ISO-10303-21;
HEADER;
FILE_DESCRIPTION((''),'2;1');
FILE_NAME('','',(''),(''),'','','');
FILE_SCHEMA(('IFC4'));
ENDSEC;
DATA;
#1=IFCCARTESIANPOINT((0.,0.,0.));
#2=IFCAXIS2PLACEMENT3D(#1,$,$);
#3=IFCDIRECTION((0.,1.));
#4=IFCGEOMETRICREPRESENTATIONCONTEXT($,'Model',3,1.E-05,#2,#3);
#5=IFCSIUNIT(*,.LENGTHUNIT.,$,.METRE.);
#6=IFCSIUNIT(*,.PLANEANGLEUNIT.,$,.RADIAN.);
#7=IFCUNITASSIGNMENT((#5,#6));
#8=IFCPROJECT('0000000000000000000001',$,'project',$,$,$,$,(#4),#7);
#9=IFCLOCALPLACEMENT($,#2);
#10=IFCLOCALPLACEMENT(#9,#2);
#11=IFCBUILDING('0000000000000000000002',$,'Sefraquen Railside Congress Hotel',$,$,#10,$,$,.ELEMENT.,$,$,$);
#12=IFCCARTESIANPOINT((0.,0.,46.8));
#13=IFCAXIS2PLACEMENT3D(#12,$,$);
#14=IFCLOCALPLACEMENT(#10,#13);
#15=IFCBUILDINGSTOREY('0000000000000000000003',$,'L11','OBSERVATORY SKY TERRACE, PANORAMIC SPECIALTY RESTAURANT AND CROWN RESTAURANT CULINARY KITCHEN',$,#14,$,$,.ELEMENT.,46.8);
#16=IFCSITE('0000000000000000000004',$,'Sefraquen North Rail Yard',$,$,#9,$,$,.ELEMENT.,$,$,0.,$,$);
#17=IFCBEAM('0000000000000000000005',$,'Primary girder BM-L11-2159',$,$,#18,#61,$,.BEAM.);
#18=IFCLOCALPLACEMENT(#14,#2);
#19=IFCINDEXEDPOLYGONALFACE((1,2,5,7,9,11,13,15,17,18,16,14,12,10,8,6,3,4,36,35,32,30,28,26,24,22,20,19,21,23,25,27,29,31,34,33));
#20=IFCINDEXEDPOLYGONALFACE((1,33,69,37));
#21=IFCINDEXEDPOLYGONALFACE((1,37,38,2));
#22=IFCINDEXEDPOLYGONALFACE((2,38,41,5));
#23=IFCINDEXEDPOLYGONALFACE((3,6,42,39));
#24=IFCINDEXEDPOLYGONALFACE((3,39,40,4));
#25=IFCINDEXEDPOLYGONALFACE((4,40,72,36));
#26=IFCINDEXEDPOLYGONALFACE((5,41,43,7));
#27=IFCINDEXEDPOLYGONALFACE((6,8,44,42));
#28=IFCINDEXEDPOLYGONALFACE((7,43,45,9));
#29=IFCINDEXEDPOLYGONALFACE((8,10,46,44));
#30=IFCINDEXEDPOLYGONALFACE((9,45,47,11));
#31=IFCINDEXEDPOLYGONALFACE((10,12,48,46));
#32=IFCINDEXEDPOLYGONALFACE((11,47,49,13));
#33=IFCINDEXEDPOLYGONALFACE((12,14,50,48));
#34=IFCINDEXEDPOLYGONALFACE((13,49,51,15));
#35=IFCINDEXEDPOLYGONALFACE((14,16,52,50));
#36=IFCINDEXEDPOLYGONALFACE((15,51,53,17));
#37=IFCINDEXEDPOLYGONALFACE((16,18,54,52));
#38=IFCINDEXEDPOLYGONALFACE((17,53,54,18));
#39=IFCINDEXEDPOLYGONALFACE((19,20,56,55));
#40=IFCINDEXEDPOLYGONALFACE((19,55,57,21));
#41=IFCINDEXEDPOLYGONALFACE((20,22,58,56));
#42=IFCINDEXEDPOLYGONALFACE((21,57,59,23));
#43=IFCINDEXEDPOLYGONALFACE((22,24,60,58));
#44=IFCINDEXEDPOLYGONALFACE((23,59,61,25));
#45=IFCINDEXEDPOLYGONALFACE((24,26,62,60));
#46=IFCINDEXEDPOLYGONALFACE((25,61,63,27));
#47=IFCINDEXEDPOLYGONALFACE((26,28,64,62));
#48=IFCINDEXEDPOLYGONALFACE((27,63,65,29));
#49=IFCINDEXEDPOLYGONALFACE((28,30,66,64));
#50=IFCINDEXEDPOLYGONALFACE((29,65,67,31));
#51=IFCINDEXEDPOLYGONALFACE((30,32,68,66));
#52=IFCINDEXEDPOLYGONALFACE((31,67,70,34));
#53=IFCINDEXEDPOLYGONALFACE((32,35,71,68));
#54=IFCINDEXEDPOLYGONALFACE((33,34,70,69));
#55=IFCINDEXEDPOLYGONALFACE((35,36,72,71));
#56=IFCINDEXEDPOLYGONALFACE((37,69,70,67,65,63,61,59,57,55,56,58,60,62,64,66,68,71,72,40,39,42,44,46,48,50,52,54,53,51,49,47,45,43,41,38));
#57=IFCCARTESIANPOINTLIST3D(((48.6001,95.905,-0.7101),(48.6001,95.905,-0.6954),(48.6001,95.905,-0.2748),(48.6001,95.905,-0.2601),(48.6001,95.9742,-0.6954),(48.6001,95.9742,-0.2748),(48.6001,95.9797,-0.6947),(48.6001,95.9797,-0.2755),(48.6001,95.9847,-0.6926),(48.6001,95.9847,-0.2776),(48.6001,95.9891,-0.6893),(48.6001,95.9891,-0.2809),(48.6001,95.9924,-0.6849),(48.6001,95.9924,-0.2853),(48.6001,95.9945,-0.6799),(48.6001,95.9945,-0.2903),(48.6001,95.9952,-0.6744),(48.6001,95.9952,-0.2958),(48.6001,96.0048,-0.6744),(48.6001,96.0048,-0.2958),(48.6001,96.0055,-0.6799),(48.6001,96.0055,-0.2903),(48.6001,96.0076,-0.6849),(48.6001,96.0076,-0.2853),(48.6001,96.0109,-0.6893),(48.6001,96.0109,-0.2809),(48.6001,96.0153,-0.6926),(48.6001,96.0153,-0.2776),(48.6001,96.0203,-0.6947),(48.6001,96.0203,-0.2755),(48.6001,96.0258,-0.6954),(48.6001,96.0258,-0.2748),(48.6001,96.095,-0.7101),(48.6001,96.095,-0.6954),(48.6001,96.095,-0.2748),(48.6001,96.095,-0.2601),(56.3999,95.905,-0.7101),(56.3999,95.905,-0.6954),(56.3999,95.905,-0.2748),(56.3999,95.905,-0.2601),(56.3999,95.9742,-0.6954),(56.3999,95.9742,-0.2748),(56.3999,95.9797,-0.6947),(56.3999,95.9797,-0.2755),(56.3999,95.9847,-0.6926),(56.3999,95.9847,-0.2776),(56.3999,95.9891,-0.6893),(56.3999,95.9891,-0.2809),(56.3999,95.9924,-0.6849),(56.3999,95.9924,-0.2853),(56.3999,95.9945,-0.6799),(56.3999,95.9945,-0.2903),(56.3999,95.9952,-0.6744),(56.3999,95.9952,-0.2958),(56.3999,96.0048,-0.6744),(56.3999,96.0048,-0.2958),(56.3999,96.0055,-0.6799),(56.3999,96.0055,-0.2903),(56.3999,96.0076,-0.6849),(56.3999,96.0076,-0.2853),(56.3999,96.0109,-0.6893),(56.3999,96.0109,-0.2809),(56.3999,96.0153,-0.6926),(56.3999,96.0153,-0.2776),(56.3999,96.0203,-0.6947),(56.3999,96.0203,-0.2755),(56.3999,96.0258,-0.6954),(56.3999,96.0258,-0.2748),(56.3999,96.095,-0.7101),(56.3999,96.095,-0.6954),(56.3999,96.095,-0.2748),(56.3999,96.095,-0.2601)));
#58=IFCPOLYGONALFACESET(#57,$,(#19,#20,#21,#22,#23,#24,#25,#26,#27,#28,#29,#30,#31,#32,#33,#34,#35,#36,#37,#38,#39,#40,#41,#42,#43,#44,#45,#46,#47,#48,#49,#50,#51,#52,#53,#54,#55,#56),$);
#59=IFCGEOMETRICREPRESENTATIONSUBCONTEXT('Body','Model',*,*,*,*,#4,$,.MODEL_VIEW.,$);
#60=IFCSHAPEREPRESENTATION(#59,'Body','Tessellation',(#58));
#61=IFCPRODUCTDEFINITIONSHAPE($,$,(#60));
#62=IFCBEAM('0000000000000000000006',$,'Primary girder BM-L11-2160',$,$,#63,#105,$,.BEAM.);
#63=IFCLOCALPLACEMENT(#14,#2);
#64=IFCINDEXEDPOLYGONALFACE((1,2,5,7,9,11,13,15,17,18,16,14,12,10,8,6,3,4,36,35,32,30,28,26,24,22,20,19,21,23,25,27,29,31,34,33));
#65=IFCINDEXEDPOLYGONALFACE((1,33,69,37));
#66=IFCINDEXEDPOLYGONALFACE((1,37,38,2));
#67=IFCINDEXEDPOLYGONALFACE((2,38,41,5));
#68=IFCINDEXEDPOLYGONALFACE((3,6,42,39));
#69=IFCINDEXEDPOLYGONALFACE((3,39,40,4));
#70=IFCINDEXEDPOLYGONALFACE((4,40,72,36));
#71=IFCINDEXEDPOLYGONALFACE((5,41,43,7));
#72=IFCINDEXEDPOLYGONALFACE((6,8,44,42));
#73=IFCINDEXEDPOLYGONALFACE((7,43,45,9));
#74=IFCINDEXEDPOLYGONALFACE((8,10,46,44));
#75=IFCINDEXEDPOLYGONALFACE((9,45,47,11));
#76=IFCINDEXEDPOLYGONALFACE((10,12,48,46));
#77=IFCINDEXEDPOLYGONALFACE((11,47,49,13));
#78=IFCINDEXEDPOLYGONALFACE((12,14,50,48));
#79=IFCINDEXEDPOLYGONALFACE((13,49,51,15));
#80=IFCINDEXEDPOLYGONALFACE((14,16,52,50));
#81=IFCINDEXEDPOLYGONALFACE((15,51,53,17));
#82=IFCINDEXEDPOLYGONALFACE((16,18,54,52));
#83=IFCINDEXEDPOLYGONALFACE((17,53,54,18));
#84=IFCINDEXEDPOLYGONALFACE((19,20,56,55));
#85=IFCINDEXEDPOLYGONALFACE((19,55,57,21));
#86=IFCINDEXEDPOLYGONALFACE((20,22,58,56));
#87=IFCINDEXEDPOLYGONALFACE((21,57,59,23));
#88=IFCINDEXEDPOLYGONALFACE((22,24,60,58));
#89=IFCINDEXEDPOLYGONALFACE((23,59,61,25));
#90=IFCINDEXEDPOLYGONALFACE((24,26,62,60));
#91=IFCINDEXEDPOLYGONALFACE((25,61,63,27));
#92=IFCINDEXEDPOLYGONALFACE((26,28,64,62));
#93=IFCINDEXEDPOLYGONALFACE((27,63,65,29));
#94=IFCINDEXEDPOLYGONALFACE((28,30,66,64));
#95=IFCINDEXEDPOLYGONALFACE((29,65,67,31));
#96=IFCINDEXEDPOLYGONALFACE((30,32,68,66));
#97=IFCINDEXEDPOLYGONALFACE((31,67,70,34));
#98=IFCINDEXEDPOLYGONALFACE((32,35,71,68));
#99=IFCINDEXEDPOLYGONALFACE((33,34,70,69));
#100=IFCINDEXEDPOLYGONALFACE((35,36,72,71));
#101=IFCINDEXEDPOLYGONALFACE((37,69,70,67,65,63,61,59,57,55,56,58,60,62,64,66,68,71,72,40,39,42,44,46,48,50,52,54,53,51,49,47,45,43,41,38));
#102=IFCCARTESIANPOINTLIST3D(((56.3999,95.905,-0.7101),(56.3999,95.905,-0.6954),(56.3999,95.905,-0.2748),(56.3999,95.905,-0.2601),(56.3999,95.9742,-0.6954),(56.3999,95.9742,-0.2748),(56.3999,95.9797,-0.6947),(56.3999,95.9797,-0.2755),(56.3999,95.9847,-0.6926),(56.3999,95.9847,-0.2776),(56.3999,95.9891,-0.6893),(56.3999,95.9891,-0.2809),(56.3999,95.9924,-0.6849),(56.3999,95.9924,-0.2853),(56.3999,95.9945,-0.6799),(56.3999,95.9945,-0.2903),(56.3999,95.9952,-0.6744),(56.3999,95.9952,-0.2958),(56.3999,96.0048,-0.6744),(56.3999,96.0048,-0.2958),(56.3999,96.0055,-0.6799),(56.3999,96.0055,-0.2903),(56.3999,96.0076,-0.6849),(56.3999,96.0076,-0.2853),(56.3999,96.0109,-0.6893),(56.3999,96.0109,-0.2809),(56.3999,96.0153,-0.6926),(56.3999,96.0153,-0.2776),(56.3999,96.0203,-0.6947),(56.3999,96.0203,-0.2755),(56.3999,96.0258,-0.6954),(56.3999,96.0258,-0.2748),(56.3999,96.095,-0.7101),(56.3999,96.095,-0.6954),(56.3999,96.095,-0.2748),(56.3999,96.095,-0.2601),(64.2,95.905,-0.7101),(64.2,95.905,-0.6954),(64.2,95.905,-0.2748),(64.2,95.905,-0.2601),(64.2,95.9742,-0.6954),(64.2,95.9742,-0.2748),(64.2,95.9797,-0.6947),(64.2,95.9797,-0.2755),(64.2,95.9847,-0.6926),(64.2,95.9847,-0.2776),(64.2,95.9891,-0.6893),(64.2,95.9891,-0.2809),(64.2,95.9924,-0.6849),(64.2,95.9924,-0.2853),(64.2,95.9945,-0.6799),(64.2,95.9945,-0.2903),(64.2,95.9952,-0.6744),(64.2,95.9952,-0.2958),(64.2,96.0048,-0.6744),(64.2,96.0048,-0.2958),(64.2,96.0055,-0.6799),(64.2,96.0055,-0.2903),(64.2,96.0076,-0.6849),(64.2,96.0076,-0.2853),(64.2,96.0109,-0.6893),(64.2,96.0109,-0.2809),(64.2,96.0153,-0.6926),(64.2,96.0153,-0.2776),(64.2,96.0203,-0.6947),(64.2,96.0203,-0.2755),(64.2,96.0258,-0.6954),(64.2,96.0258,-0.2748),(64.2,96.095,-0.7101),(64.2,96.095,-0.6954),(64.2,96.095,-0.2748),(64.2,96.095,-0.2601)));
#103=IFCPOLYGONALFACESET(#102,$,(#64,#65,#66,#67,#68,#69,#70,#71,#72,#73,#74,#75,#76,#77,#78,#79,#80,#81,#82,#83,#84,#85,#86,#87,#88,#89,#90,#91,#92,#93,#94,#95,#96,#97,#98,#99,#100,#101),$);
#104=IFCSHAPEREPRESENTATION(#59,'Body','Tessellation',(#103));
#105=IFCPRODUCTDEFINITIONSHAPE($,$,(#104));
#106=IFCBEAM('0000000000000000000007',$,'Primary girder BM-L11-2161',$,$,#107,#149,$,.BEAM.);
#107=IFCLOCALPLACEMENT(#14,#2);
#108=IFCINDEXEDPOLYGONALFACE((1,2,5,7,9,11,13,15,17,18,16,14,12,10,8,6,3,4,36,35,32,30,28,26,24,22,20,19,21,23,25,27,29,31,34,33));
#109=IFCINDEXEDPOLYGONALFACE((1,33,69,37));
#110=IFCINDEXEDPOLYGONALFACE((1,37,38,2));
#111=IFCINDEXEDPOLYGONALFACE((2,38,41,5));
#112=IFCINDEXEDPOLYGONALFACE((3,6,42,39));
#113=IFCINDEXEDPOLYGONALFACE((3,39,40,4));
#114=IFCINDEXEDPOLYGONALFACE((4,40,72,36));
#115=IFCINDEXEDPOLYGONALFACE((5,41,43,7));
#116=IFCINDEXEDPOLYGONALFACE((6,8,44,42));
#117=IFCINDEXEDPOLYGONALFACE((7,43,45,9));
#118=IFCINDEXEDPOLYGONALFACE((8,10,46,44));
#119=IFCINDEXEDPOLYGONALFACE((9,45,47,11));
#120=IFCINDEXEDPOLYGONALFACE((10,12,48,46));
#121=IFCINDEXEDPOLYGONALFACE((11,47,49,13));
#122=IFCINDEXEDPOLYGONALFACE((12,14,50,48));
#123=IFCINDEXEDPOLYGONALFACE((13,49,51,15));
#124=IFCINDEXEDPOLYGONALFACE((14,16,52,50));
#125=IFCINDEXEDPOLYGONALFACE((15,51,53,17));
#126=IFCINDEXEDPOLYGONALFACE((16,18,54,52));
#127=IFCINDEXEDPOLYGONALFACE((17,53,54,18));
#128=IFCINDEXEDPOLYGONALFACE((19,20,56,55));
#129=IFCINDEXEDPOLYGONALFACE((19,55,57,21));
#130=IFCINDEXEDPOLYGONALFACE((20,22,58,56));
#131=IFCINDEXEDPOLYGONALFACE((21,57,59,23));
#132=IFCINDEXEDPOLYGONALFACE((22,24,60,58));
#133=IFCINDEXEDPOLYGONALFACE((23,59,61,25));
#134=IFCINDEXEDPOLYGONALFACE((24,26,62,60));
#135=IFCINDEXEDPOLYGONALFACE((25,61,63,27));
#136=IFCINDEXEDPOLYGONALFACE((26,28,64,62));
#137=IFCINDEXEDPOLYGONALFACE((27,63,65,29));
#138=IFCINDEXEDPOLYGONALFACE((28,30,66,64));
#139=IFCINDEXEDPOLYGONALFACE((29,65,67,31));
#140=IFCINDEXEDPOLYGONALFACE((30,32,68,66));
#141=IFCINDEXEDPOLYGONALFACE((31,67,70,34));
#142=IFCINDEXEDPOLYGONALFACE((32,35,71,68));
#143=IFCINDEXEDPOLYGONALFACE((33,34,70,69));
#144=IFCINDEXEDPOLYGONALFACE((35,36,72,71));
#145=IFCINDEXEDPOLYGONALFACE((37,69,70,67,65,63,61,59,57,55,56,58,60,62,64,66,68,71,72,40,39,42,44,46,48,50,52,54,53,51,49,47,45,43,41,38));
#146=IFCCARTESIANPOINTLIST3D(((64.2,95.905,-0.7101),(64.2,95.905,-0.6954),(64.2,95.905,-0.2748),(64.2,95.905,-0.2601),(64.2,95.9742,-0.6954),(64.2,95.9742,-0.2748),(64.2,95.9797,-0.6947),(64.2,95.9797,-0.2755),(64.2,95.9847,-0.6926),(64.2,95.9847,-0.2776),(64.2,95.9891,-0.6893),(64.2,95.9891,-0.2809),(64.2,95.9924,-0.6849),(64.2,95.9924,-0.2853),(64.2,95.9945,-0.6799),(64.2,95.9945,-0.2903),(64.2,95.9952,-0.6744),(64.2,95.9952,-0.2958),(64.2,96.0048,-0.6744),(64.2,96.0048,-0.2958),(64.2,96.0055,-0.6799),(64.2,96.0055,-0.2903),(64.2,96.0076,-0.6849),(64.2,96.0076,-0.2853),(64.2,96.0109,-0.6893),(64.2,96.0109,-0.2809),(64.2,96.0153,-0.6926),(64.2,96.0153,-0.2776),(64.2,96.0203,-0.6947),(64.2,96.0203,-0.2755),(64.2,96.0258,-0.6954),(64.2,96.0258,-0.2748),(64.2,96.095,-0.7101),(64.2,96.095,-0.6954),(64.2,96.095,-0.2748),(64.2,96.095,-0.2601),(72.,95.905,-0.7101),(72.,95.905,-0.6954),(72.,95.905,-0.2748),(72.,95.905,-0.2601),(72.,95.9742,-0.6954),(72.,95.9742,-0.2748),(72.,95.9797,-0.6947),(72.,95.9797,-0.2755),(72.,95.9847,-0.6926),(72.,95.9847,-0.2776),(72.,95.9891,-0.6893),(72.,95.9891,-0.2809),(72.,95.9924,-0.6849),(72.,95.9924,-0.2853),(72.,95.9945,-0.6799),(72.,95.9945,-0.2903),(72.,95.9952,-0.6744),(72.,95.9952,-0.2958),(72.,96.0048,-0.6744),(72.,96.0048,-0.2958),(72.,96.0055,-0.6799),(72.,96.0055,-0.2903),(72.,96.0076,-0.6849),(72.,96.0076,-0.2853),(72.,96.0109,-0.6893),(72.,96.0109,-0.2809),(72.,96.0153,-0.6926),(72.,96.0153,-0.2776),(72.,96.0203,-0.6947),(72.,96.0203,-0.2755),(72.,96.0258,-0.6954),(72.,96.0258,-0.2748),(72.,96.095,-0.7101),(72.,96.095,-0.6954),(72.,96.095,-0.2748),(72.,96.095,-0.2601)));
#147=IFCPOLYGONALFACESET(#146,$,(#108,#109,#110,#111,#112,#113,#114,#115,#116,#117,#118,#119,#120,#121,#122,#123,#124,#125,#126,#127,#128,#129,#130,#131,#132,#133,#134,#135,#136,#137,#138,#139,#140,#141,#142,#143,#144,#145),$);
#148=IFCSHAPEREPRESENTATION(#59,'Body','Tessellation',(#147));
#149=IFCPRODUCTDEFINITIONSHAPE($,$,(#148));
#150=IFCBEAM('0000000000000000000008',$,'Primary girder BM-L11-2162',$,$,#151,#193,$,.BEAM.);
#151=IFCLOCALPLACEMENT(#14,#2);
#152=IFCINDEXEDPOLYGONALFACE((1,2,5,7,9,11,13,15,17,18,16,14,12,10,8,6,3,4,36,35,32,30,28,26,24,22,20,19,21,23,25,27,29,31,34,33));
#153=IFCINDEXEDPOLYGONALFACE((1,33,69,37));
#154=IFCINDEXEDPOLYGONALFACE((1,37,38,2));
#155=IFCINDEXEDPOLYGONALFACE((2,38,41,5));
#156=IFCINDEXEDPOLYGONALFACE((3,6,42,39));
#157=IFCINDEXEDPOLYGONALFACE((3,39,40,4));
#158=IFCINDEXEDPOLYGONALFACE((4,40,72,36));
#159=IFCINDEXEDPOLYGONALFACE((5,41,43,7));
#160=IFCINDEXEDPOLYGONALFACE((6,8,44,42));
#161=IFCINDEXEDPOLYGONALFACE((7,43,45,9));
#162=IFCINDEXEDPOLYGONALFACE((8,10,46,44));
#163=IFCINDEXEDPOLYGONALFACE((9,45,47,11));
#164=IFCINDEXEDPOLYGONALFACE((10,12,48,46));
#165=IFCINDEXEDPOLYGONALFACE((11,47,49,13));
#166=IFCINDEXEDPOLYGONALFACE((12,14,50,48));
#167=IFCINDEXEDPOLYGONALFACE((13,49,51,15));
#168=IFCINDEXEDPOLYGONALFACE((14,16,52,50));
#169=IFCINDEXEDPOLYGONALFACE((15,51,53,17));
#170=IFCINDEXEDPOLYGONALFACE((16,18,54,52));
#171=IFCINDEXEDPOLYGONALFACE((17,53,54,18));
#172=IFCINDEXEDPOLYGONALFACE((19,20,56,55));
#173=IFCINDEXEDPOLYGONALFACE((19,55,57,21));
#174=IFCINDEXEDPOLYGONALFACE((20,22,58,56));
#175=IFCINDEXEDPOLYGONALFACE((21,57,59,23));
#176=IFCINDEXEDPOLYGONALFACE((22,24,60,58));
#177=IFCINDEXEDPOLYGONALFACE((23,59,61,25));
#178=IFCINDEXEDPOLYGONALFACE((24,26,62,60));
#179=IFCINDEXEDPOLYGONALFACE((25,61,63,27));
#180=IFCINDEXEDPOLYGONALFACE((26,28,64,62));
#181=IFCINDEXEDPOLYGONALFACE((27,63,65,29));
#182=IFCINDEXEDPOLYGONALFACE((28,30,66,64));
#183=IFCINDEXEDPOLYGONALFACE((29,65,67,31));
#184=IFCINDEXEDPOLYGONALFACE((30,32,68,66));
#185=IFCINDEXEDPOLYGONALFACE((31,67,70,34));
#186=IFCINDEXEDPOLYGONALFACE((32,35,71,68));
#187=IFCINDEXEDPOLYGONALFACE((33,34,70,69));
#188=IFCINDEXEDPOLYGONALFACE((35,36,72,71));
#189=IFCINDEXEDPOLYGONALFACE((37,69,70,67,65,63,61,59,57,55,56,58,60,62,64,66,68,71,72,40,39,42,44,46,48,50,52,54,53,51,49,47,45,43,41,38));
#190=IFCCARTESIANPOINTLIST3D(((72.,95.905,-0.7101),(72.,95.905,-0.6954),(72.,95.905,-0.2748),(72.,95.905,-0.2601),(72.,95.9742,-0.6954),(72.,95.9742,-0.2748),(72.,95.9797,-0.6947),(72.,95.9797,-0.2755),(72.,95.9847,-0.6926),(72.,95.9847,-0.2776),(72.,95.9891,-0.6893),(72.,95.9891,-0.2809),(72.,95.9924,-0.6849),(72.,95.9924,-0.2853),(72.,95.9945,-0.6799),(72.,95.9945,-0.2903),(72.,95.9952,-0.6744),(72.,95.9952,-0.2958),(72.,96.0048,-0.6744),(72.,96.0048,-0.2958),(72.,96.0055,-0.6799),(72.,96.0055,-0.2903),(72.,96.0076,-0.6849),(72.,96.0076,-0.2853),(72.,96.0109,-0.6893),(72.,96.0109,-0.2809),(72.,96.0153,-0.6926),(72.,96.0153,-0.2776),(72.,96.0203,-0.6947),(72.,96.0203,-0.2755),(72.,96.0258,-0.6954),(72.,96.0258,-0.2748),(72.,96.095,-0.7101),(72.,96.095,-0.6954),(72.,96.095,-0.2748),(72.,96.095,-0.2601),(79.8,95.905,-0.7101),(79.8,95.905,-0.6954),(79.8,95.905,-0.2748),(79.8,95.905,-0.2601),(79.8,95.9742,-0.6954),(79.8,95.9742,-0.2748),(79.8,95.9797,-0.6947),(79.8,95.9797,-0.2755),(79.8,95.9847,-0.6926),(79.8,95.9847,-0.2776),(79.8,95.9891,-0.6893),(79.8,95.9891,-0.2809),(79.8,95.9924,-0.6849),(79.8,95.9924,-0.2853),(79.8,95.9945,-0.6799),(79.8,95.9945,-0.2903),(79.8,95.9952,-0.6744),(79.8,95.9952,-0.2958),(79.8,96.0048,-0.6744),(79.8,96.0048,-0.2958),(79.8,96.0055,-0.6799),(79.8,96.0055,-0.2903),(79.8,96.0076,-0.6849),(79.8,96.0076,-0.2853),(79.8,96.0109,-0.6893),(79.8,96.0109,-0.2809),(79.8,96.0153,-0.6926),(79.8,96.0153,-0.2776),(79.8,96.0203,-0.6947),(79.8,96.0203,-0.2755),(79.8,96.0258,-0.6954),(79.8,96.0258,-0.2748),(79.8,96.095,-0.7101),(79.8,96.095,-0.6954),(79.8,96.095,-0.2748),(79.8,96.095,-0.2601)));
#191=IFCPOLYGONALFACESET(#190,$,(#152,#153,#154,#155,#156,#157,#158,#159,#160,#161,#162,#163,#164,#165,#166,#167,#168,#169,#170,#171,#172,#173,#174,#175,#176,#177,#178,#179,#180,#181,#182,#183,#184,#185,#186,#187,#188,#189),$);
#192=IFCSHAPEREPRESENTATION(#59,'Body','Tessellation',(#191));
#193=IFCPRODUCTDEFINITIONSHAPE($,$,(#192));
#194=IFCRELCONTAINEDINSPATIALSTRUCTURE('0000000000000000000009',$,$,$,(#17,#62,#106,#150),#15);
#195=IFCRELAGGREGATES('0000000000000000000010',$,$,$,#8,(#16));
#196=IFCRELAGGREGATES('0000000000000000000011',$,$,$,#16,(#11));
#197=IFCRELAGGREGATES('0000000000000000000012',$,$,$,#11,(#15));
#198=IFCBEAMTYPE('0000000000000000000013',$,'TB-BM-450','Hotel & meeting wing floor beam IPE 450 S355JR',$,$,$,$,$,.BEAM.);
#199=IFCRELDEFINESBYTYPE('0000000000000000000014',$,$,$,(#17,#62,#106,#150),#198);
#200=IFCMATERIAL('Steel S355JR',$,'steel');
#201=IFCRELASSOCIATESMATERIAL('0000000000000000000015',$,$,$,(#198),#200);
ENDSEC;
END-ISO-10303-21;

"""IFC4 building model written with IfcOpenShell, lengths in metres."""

from ifc_helpers import new_model, si_unit, direction, frame, origin, origin_2d, place, context, subcontext, project, spatial, i_section, extrude, material, material_profile, profile_set, type_object, element, save


model = new_model("IFC4")

# Units and contexts
model_context = context("Model", 3, precision=1e-05, world=origin(), true_north=direction((0.0, 1.0)))
body_context = subcontext(model_context, "Body", "Model", "MODEL_VIEW")
ifc_project = project(units=[si_unit("LENGTHUNIT", "METRE"), si_unit("PLANEANGLEUNIT", "RADIAN")], contexts=[model_context])

# Site, building, storey
site_placement = place(None, origin())
site = spatial("IfcSite", under=ifc_project, at=site_placement, Name="Sefraquen North Rail Yard", CompositionType="ELEMENT", RefElevation=0.0)
building_placement = place(site_placement, origin())
building = spatial("IfcBuilding", under=site, at=building_placement, Name="Sefraquen Railside Congress Hotel", CompositionType="ELEMENT")
storey_placement = place(building_placement, frame((0.0, 0.0, 46.8)))
storey = spatial("IfcBuildingStorey", under=building, at=storey_placement, Name="L11", Description="OBSERVATORY SKY TERRACE, PANORAMIC SPECIALTY RESTAURANT AND CROWN RESTAURANT CULINARY KITCHEN", CompositionType="ELEMENT", Elevation=46.8)

# Shared definitions
ifc_material = material(Name="Steel S355JR", Category="steel")

# Beams
ifc_material_profile_1 = material_profile(ifc_material, i_section(OverallWidth=0.1899, OverallDepth=0.45, WebThickness=0.0095, FlangeThickness=0.0146, FilletRadius=0.021, at=origin_2d()), Name="IPE 450")
ifc_profile_set_1 = profile_set([ifc_material_profile_1], Name="Steel S355JR")
beam_type_1 = type_object("IfcBeamType", Name="TB-BM-450", Description="Hotel & meeting wing floor beam IPE 450 S355JR", PredefinedType="BEAM", material=ifc_profile_set_1)
beam_1_placement = place(storey_placement, frame((48.6001, 96.0, -0.4851), z_axis=(1.0, 0.0, 0.0), x_axis=(0.0, 1.0, 0.0)))
element("IfcBeam", 1, at=beam_1_placement, inside=storey, type_object=beam_type_1, Name="Primary girder BM-L11-2159", PredefinedType="BEAM", context=body_context, shape_type="SweptSolid", body=[
    extrude(i_section(OverallWidth=0.1899, OverallDepth=0.45, WebThickness=0.0095, FlangeThickness=0.0146, FilletRadius=0.021, at=origin_2d()), origin(), (0.0, 0.0, 1.0), 7.7998),
])
for number, where, z_axis, x_axis, name in (
    (2, (56.3999, 96.0, -0.4851), (1.0, 0.0, 0.0), (0.0, 1.0, 0.0), "Primary girder BM-L11-2160"),
    (3, (64.2, 96.0, -0.4851), (1.0, 0.0, 0.0), (0.0, 1.0, 0.0), "Primary girder BM-L11-2161"),
    (4, (72.0, 96.0, -0.4851), (1.0, 0.0, 0.0), (0.0, 1.0, 0.0), "Primary girder BM-L11-2162"),
):
    element("IfcBeam", number, at=place(storey_placement, frame(where, z_axis=z_axis, x_axis=x_axis)), inside=storey, type_object=beam_type_1, Name=name, PredefinedType="BEAM", context=body_context, shape_type="SweptSolid", body=[
        extrude(i_section(OverallWidth=0.1899, OverallDepth=0.45, WebThickness=0.0095, FlangeThickness=0.0146, FilletRadius=0.021, at=origin_2d()), origin(), (0.0, 0.0, 1.0), 7.8),
    ])

save(model, "model.ifc")
